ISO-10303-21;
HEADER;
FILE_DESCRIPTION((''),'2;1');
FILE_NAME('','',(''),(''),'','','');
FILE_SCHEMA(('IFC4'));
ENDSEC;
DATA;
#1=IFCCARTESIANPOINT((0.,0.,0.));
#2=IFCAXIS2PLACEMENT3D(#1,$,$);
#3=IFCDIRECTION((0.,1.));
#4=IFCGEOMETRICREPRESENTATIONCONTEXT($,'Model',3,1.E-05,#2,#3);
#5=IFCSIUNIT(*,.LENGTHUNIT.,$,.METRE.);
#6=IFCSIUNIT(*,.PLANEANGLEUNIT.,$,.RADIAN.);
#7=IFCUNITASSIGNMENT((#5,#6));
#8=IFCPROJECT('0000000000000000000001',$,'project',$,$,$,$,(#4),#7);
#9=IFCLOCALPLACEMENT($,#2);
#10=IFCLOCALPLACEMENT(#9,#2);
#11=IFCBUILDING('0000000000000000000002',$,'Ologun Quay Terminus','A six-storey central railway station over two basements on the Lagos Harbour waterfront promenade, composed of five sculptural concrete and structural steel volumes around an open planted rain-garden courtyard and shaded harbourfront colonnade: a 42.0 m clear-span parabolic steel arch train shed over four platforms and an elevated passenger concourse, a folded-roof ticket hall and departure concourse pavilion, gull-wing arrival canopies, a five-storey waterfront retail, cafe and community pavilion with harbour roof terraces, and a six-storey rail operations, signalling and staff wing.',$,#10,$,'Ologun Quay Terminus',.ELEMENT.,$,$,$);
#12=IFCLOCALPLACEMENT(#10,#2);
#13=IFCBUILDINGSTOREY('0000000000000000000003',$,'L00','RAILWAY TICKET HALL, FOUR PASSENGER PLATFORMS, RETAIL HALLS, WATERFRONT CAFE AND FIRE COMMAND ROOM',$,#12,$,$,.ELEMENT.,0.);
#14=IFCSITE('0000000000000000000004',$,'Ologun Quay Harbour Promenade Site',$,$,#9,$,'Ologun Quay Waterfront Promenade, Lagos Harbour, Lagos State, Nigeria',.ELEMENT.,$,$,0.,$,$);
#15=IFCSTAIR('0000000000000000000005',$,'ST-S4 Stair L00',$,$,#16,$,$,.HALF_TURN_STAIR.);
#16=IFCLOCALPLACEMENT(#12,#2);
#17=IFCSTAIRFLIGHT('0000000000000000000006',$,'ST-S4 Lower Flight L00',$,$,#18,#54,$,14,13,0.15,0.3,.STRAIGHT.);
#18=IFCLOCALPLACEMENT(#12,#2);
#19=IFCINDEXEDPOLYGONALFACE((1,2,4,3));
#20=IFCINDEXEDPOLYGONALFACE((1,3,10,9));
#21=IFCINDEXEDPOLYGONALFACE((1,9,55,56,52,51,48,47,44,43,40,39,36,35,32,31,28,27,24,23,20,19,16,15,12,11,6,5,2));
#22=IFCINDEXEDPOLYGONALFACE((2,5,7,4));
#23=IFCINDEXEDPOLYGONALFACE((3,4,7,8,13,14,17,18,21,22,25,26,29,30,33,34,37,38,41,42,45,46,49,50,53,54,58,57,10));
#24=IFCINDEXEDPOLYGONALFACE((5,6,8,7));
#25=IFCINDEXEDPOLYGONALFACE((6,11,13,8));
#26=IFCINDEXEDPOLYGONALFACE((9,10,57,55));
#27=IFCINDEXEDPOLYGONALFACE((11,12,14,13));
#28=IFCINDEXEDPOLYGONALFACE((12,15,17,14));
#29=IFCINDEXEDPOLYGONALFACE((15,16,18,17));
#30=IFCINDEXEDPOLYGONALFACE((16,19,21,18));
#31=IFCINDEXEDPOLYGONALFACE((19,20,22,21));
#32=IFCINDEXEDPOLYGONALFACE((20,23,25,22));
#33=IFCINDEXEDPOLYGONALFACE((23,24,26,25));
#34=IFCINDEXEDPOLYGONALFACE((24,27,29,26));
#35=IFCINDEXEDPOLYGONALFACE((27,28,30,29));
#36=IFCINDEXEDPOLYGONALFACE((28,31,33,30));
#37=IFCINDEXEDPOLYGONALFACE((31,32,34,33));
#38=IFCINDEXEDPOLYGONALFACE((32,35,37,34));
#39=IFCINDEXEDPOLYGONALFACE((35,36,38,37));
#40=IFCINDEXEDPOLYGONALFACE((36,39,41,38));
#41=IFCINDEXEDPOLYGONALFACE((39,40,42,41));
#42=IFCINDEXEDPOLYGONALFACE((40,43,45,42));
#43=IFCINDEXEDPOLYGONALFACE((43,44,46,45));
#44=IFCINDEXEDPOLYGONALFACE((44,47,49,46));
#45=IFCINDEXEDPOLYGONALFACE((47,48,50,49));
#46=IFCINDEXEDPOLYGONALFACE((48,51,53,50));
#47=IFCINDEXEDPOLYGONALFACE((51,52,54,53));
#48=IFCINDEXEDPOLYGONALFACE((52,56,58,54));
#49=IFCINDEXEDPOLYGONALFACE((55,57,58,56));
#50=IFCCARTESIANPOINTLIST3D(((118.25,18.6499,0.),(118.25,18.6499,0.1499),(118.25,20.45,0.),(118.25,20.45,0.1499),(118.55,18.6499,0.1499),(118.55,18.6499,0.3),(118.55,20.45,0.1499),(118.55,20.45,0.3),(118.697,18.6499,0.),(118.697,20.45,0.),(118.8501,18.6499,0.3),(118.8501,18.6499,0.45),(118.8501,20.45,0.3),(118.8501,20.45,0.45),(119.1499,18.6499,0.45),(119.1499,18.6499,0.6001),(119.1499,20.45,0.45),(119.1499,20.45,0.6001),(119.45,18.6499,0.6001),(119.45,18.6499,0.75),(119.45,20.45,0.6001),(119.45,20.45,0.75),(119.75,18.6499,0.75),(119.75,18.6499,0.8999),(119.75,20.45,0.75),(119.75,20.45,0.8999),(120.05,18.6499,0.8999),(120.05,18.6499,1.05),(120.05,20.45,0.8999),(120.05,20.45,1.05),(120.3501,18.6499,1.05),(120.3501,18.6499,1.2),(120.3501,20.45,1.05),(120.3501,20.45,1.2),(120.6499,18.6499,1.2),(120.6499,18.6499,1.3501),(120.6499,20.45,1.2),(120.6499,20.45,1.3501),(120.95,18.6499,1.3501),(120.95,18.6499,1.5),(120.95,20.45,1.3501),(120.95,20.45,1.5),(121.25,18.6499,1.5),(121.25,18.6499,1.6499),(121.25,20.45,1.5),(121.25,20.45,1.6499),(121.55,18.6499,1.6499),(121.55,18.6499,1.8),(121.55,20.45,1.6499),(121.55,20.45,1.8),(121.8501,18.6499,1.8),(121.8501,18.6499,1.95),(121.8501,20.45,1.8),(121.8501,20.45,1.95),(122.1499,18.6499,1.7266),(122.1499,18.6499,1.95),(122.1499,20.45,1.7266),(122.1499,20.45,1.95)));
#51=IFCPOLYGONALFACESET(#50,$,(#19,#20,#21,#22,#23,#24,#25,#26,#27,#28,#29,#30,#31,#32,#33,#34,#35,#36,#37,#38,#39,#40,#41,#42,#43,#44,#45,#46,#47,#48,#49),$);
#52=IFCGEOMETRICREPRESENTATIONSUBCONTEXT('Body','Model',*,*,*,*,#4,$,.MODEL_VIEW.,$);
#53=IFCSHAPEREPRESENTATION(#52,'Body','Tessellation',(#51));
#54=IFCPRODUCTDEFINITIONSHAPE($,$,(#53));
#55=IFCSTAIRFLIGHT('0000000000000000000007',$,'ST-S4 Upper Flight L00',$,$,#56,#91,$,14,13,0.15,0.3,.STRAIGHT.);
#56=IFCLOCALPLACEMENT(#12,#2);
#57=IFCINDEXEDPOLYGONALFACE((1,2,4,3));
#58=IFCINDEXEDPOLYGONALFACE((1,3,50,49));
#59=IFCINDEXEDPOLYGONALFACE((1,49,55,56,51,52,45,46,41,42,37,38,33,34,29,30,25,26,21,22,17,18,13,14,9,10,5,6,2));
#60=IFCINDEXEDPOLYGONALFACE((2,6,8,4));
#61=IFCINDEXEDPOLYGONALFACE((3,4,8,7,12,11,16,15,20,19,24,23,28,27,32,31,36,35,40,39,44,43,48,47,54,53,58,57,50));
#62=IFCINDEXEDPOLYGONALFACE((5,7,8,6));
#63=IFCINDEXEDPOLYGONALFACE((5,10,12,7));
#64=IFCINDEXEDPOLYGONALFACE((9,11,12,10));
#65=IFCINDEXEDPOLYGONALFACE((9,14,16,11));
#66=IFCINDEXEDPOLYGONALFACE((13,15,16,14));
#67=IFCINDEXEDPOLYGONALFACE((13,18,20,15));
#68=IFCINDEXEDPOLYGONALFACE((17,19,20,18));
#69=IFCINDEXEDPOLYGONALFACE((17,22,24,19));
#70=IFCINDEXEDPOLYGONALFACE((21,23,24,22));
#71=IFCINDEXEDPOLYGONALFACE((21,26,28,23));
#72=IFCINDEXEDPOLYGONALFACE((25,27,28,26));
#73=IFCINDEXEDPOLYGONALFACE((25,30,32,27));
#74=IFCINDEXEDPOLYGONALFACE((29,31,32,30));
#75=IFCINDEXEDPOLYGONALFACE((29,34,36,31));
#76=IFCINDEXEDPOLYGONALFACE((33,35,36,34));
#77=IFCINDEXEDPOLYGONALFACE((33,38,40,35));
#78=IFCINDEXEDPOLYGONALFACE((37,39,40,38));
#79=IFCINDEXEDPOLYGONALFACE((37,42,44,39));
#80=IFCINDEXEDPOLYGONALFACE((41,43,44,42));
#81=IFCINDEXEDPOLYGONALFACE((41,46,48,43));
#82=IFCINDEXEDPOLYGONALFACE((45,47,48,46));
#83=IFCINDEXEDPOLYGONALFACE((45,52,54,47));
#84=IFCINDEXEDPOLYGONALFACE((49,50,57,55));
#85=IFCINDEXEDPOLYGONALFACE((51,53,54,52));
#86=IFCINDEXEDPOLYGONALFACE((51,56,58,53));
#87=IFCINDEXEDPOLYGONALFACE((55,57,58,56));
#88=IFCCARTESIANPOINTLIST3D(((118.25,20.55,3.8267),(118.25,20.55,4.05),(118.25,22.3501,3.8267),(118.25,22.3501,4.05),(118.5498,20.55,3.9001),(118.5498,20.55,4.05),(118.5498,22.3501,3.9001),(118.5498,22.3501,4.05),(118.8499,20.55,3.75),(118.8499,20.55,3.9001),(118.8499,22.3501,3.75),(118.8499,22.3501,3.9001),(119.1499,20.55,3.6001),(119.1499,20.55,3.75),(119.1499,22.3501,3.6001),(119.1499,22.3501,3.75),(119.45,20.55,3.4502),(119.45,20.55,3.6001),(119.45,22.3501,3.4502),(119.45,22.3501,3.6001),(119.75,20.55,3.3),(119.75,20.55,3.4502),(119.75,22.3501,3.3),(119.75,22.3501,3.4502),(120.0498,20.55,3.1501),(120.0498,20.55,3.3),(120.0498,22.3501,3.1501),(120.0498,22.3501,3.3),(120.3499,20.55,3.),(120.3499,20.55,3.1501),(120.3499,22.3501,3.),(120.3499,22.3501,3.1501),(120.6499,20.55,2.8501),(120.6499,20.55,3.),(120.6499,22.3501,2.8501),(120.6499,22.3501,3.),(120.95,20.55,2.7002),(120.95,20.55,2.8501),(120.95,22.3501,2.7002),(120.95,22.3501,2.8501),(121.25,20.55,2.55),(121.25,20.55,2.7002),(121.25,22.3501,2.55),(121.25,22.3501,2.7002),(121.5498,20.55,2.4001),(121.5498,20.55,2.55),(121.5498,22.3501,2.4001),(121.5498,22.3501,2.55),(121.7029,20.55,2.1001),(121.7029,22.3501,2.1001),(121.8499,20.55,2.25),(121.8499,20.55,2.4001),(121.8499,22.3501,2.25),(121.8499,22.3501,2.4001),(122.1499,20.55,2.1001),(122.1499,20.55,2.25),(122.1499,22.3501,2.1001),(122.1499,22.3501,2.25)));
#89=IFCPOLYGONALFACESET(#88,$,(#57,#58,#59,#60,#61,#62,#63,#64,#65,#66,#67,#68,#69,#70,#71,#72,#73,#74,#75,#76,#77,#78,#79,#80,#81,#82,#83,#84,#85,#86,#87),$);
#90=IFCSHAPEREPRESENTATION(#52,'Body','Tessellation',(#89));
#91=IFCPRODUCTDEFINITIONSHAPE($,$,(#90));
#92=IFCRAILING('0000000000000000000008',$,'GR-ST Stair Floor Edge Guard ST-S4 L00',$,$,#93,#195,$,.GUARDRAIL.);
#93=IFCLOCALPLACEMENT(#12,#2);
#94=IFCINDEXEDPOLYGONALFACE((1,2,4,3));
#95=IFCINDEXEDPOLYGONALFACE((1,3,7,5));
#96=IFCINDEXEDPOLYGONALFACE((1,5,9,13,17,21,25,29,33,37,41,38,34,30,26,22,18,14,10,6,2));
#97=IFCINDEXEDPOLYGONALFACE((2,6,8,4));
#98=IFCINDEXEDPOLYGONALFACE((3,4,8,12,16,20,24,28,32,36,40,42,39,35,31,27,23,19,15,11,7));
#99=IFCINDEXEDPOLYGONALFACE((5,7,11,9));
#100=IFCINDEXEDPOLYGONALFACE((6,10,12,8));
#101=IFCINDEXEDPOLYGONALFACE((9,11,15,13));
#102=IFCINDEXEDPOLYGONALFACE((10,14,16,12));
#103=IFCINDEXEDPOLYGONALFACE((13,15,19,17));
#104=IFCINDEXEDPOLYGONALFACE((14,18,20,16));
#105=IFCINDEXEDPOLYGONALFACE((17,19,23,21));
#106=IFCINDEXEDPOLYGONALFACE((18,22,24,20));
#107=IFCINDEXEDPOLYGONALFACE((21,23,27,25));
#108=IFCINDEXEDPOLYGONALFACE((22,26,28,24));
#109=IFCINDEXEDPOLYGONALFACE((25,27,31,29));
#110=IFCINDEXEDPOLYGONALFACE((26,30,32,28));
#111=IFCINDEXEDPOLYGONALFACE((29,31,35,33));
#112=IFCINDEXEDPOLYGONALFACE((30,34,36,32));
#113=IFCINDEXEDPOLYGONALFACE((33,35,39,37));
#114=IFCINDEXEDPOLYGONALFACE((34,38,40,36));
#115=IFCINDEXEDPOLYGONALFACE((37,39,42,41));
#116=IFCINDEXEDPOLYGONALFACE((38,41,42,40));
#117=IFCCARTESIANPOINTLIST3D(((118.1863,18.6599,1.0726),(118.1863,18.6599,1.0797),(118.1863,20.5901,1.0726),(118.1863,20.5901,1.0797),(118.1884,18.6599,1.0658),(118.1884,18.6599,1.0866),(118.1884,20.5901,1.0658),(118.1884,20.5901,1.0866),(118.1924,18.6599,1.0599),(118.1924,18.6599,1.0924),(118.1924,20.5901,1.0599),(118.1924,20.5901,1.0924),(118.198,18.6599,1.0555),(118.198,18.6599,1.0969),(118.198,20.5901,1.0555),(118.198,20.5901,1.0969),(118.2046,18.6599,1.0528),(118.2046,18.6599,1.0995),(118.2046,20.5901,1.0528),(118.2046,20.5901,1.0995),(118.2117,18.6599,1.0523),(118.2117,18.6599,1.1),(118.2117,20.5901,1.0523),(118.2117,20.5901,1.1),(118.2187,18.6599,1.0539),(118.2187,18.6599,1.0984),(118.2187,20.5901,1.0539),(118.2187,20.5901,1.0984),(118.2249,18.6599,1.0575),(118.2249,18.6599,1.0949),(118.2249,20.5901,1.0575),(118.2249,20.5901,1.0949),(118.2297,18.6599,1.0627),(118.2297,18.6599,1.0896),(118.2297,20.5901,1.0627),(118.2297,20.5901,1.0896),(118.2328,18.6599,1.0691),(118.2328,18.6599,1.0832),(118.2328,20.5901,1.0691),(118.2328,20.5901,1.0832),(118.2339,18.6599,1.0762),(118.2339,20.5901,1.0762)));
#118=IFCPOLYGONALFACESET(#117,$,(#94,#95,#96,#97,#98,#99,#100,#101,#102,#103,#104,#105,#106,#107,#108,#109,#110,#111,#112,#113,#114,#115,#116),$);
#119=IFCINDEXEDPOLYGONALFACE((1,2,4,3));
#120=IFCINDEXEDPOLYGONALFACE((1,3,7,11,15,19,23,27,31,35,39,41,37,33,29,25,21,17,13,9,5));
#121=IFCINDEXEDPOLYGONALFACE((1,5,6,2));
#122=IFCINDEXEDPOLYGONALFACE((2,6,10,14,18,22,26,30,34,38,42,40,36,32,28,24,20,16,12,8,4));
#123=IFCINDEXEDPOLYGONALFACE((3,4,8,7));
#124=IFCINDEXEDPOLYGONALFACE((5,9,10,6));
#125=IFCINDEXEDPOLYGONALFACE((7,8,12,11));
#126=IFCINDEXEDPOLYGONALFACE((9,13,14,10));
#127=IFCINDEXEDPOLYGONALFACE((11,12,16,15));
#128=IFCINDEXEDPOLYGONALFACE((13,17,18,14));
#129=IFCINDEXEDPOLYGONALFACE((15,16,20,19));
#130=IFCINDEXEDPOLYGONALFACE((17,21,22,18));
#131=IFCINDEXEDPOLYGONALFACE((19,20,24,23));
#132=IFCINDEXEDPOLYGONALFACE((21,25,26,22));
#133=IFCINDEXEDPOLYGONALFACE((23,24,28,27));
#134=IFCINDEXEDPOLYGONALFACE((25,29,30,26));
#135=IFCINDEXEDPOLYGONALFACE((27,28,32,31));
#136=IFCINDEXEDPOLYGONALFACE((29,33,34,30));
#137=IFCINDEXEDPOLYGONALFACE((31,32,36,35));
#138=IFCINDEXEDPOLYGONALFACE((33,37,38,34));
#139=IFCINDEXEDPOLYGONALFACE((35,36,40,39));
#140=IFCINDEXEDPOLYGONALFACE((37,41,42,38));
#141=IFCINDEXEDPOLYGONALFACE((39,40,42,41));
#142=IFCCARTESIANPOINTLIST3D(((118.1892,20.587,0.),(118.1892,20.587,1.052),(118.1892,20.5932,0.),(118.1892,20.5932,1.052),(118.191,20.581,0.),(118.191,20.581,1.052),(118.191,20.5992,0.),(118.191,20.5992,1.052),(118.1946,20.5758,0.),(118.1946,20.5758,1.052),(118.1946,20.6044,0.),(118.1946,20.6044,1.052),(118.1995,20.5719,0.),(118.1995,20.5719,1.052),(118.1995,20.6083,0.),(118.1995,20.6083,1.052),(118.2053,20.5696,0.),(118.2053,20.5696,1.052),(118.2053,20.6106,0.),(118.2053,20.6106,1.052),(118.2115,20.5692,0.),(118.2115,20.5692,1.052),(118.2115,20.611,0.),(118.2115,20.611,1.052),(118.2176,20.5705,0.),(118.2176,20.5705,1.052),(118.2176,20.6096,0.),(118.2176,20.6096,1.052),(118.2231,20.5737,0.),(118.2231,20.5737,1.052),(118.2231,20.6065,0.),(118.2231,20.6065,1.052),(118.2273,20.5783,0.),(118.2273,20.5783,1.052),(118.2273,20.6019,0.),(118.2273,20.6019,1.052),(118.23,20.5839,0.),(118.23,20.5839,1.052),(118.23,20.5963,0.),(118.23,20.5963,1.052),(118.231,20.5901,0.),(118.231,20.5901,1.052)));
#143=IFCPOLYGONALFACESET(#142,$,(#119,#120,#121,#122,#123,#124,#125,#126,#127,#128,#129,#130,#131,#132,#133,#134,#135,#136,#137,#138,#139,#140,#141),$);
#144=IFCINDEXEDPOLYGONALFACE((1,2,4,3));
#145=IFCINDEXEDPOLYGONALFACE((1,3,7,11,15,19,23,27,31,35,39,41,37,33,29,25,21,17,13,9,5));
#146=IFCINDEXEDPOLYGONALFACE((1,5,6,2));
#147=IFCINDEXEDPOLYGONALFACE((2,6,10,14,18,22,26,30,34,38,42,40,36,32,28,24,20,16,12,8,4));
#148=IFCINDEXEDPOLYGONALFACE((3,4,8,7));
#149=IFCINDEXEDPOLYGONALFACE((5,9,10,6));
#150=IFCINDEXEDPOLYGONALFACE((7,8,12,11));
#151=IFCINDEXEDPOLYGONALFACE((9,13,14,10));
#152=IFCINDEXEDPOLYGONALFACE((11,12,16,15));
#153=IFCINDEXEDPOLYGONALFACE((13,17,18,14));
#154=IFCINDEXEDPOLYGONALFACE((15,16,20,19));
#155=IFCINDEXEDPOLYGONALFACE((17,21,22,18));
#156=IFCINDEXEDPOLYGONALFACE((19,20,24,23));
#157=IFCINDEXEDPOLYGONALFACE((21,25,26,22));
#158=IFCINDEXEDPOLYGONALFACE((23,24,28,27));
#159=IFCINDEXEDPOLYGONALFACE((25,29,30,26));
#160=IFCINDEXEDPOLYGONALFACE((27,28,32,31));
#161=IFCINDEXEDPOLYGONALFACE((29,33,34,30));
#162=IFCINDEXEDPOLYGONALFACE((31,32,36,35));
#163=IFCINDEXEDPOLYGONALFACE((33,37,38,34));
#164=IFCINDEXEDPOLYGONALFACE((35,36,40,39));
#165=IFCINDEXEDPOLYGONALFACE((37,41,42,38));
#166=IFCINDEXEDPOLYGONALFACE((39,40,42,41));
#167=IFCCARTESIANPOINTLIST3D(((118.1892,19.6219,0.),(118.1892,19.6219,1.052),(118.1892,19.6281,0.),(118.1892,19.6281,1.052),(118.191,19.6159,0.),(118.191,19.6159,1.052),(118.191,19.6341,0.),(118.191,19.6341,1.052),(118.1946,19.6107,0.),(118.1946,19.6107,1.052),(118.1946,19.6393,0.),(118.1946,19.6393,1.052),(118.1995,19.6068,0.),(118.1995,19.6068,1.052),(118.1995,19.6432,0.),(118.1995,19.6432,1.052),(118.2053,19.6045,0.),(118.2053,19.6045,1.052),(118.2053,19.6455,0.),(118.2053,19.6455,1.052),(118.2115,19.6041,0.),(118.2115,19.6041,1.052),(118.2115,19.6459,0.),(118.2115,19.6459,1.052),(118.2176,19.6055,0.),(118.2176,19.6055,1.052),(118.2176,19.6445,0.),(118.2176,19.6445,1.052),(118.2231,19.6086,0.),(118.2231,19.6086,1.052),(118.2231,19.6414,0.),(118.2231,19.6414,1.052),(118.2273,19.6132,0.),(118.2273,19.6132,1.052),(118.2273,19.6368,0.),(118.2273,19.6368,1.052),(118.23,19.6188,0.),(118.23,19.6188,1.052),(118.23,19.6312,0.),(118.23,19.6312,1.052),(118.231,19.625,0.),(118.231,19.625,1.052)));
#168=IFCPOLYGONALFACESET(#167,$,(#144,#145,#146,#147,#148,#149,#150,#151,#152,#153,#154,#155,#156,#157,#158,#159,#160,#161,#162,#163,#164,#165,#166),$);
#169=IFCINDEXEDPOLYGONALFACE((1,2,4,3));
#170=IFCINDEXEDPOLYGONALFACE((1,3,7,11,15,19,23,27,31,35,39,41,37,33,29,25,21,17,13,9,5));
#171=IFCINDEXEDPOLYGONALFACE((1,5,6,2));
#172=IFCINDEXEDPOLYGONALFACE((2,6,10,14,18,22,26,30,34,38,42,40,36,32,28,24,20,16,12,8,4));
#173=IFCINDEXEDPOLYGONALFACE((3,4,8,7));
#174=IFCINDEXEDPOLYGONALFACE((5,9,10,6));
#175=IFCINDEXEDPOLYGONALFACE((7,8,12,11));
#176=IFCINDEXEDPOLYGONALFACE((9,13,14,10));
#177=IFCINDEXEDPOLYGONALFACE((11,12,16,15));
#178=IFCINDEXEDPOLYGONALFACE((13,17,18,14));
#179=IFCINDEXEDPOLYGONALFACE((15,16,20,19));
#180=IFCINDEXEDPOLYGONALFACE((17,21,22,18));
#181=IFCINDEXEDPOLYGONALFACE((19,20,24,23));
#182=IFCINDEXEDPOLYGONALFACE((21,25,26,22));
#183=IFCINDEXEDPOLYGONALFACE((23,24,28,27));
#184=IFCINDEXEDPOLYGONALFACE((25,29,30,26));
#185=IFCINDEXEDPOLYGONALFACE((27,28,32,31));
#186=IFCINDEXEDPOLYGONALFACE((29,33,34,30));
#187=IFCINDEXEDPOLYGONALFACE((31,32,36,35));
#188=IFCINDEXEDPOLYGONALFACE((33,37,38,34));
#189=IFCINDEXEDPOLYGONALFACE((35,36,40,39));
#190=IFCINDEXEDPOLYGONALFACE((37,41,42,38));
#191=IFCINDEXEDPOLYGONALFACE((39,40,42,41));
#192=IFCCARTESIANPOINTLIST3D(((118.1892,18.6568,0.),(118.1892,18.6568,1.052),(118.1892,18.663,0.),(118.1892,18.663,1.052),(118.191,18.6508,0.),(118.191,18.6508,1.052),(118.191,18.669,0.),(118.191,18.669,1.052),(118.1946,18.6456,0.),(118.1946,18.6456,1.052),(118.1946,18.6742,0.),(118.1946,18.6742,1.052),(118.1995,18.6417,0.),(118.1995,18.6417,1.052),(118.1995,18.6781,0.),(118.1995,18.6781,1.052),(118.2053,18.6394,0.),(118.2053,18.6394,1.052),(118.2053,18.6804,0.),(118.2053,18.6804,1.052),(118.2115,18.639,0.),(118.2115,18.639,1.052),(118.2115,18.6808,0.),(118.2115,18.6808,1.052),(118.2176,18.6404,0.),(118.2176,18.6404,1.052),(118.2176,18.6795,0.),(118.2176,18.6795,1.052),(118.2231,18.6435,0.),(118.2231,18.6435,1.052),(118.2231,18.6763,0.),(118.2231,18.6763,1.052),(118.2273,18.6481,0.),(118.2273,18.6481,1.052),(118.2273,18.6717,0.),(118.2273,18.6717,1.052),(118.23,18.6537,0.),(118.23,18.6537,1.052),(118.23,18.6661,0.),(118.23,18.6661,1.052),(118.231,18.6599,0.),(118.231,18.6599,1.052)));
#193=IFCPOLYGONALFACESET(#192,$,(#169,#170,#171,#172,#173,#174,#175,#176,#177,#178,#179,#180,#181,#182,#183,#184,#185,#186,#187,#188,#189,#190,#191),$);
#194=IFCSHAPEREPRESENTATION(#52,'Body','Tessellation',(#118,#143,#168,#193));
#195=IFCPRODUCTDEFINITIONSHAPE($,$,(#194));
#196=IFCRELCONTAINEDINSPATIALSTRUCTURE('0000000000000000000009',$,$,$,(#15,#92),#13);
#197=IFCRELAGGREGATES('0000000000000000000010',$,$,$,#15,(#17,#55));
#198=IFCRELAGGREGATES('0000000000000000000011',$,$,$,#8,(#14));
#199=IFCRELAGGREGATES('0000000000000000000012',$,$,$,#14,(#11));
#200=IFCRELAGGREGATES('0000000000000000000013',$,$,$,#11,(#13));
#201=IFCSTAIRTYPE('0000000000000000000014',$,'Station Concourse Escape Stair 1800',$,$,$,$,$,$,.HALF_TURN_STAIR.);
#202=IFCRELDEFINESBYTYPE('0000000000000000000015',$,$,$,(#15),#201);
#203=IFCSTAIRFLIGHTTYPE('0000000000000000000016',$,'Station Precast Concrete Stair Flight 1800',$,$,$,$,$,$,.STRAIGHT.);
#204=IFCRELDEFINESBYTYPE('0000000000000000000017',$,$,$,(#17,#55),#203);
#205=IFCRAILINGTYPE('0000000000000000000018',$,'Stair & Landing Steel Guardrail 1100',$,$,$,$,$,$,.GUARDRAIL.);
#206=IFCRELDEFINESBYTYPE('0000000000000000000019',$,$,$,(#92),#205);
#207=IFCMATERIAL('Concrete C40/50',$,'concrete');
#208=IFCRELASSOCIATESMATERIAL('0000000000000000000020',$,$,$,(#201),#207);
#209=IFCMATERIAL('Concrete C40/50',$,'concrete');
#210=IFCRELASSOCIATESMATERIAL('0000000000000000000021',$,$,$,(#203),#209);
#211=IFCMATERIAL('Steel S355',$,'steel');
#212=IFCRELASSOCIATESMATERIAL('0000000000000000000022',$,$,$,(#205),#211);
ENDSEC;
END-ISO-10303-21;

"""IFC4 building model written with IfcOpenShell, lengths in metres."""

from ifc_helpers import new_model, si_unit, direction, frame, origin, origin_2d, place, context, subcontext, project, spatial, polyline, circle, outline, extrude, material, type_object, element, aggregate, save


model = new_model("IFC4")

# Units and contexts
model_context = context("Model", 3, precision=1e-05, world=origin(), true_north=direction((0.0, 1.0)))
body_context = subcontext(model_context, "Body", "Model", "MODEL_VIEW")
ifc_project = project(units=[si_unit("LENGTHUNIT", "METRE"), si_unit("PLANEANGLEUNIT", "RADIAN")], contexts=[model_context])

# Site, building, storey
site_placement = place(None, origin())
site = spatial("IfcSite", under=ifc_project, at=site_placement, Name="Ologun Quay Harbour Promenade Site", LongName="Ologun Quay Waterfront Promenade, Lagos Harbour, Lagos State, Nigeria", CompositionType="ELEMENT", RefElevation=0.0)
building_placement = place(site_placement, origin())
building = spatial("IfcBuilding", under=site, at=building_placement, Name="Ologun Quay Terminus", Description="A six-storey central railway station over two basements on the Lagos Harbour waterfront promenade, composed of five sculptural concrete and structural steel volumes around an open planted rain-garden courtyard and shaded harbourfront colonnade: a 42.0 m clear-span parabolic steel arch train shed over four platforms and an elevated passenger concourse, a folded-roof ticket hall and departure concourse pavilion, gull-wing arrival canopies, a five-storey waterfront retail, cafe and community pavilion with harbour roof terraces, and a six-storey rail operations, signalling and staff wing.", LongName="Ologun Quay Terminus", CompositionType="ELEMENT")
storey_placement = place(building_placement, origin())
storey = spatial("IfcBuildingStorey", under=building, at=storey_placement, Name="L00", Description="RAILWAY TICKET HALL, FOUR PASSENGER PLATFORMS, RETAIL HALLS, WATERFRONT CAFE AND FIRE COMMAND ROOM", CompositionType="ELEMENT", Elevation=0.0)

# Stair, stair flights
ifc_material_1 = material(Name="Concrete C40/50", Category="concrete")
stair_type = type_object("IfcStairType", Name="Station Concourse Escape Stair 1800", PredefinedType="HALF_TURN_STAIR", material=ifc_material_1)
stair_placement = place(storey_placement, origin())
stair = element("IfcStair", 1, at=stair_placement, inside=storey, type_object=stair_type, Name="ST-S4 Stair L00", PredefinedType="HALF_TURN_STAIR")
ifc_material_2 = material(Name="Concrete C40/50", Category="concrete")
stair_flight_type = type_object("IfcStairFlightType", Name="Station Precast Concrete Stair Flight 1800", PredefinedType="STRAIGHT", material=ifc_material_2)
stair_flight_1_placement = place(storey_placement, frame((118.25, 19.55, 0.0), z_axis=(0.0, 0.0, 1.0), x_axis=(1.0, 0.0, 0.0)))
stair_flight_1 = element("IfcStairFlight", 2, at=stair_flight_1_placement, type_object=stair_flight_type, Name="ST-S4 Lower Flight L00", NumberOfRisers=14, NumberOfTreads=13, PredefinedType="STRAIGHT", RiserHeight=0.15, TreadLength=0.3, context=body_context, shape_type="SweptSolid", body=[
    extrude(outline(polyline([(0.0, 0.0), (0.0, 0.1499), (0.3, 0.1499), (0.3, 0.3), (0.6001, 0.3), (0.6001, 0.45), (0.8999, 0.45), (0.8999, 0.6001), (1.2, 0.6001), (1.2, 0.75), (1.5, 0.75), (1.5, 0.8999), (1.8, 0.8999), (1.8, 1.05), (2.1001, 1.05), (2.1001, 1.2), (2.3999, 1.2), (2.3999, 1.3501), (2.7, 1.3501), (2.7, 1.5), (3.0, 1.5), (3.0, 1.6499), (3.3, 1.6499), (3.3, 1.8), (3.6001, 1.8), (3.6001, 1.95), (3.8999, 1.95), (3.8999, 2.1001), (3.8999, 1.7266), (0.447, 0.0), (0.0, 0.0)])), frame((0.0, 0.8999, 0.0), z_axis=(0.0, -1.0, 0.0), x_axis=(1.0, 0.0, 0.0)), (0.0, 0.0, 1.0), 1.8),
])
stair_flight_2_placement = place(storey_placement, frame((122.1499, 21.45, 2.1001), z_axis=(0.0, 0.0, 1.0), x_axis=(-1.0, 0.0, 0.0)))
stair_flight_2 = element("IfcStairFlight", 3, at=stair_flight_2_placement, type_object=stair_flight_type, Name="ST-S4 Upper Flight L00", NumberOfRisers=14, NumberOfTreads=13, PredefinedType="STRAIGHT", RiserHeight=0.15, TreadLength=0.3, context=body_context, shape_type="SweptSolid", body=[
    extrude(outline(polyline([(0.0, 0.0), (0.0, 0.1499), (0.3, 0.1499), (0.3, 0.3), (0.6001, 0.3), (0.6001, 0.45), (0.8999, 0.45), (0.8999, 0.6001), (1.2, 0.6001), (1.2, 0.75), (1.5, 0.75), (1.5, 0.8999), (1.8, 0.8999), (1.8, 1.05), (2.1001, 1.05), (2.1001, 1.2), (2.3999, 1.2), (2.3999, 1.3501), (2.7, 1.3501), (2.7, 1.5), (3.0, 1.5), (3.0, 1.6499), (3.3, 1.6499), (3.3, 1.8), (3.6001, 1.8), (3.6001, 1.95), (3.8999, 1.95), (3.8999, 2.1001), (3.8999, 1.7266), (0.447, 0.0), (0.0, 0.0)])), frame((0.0, 0.8999, 0.0), z_axis=(0.0, -1.0, 0.0), x_axis=(1.0, 0.0, 0.0)), (0.0, 0.0, 1.0), 1.8),
])
aggregate(stair, [stair_flight_1, stair_flight_2])

# Railing
ifc_material_3 = material(Name="Steel S355", Category="steel")
railing_type_1 = type_object("IfcRailingType", Name="Stair & Landing Steel Guardrail 1100", PredefinedType="GUARDRAIL", material=ifc_material_3)
railing_1_placement = place(storey_placement, frame((118.21, 20.5901, 0.0)))
element("IfcRailing", 4, at=railing_1_placement, inside=storey, type_object=railing_type_1, Name="GR-ST Stair Floor Edge Guard ST-S4 L00", PredefinedType="GUARDRAIL", context=body_context, shape_type="SweptSolid", body=[
    extrude(circle(Radius=0.0239, at=origin_2d()), frame((0.0, 0.0, 1.0762), z_axis=(0.0, -1.0, 0.0), x_axis=(1.0, 0.0, 0.0)), (0.0, 0.0, 1.0), 1.9302),
    extrude(circle(Radius=0.021, at=origin_2d()), origin(), (0.0, 0.0, 1.0), 1.052),
    extrude(circle(Radius=0.021, at=origin_2d()), frame((0.0, -0.9651, 0.0)), (0.0, 0.0, 1.0), 1.052),
    extrude(circle(Radius=0.021, at=origin_2d()), frame((0.0, -1.9302, 0.0)), (0.0, 0.0, 1.0), 1.052),
])

save(model, "model.ifc")
